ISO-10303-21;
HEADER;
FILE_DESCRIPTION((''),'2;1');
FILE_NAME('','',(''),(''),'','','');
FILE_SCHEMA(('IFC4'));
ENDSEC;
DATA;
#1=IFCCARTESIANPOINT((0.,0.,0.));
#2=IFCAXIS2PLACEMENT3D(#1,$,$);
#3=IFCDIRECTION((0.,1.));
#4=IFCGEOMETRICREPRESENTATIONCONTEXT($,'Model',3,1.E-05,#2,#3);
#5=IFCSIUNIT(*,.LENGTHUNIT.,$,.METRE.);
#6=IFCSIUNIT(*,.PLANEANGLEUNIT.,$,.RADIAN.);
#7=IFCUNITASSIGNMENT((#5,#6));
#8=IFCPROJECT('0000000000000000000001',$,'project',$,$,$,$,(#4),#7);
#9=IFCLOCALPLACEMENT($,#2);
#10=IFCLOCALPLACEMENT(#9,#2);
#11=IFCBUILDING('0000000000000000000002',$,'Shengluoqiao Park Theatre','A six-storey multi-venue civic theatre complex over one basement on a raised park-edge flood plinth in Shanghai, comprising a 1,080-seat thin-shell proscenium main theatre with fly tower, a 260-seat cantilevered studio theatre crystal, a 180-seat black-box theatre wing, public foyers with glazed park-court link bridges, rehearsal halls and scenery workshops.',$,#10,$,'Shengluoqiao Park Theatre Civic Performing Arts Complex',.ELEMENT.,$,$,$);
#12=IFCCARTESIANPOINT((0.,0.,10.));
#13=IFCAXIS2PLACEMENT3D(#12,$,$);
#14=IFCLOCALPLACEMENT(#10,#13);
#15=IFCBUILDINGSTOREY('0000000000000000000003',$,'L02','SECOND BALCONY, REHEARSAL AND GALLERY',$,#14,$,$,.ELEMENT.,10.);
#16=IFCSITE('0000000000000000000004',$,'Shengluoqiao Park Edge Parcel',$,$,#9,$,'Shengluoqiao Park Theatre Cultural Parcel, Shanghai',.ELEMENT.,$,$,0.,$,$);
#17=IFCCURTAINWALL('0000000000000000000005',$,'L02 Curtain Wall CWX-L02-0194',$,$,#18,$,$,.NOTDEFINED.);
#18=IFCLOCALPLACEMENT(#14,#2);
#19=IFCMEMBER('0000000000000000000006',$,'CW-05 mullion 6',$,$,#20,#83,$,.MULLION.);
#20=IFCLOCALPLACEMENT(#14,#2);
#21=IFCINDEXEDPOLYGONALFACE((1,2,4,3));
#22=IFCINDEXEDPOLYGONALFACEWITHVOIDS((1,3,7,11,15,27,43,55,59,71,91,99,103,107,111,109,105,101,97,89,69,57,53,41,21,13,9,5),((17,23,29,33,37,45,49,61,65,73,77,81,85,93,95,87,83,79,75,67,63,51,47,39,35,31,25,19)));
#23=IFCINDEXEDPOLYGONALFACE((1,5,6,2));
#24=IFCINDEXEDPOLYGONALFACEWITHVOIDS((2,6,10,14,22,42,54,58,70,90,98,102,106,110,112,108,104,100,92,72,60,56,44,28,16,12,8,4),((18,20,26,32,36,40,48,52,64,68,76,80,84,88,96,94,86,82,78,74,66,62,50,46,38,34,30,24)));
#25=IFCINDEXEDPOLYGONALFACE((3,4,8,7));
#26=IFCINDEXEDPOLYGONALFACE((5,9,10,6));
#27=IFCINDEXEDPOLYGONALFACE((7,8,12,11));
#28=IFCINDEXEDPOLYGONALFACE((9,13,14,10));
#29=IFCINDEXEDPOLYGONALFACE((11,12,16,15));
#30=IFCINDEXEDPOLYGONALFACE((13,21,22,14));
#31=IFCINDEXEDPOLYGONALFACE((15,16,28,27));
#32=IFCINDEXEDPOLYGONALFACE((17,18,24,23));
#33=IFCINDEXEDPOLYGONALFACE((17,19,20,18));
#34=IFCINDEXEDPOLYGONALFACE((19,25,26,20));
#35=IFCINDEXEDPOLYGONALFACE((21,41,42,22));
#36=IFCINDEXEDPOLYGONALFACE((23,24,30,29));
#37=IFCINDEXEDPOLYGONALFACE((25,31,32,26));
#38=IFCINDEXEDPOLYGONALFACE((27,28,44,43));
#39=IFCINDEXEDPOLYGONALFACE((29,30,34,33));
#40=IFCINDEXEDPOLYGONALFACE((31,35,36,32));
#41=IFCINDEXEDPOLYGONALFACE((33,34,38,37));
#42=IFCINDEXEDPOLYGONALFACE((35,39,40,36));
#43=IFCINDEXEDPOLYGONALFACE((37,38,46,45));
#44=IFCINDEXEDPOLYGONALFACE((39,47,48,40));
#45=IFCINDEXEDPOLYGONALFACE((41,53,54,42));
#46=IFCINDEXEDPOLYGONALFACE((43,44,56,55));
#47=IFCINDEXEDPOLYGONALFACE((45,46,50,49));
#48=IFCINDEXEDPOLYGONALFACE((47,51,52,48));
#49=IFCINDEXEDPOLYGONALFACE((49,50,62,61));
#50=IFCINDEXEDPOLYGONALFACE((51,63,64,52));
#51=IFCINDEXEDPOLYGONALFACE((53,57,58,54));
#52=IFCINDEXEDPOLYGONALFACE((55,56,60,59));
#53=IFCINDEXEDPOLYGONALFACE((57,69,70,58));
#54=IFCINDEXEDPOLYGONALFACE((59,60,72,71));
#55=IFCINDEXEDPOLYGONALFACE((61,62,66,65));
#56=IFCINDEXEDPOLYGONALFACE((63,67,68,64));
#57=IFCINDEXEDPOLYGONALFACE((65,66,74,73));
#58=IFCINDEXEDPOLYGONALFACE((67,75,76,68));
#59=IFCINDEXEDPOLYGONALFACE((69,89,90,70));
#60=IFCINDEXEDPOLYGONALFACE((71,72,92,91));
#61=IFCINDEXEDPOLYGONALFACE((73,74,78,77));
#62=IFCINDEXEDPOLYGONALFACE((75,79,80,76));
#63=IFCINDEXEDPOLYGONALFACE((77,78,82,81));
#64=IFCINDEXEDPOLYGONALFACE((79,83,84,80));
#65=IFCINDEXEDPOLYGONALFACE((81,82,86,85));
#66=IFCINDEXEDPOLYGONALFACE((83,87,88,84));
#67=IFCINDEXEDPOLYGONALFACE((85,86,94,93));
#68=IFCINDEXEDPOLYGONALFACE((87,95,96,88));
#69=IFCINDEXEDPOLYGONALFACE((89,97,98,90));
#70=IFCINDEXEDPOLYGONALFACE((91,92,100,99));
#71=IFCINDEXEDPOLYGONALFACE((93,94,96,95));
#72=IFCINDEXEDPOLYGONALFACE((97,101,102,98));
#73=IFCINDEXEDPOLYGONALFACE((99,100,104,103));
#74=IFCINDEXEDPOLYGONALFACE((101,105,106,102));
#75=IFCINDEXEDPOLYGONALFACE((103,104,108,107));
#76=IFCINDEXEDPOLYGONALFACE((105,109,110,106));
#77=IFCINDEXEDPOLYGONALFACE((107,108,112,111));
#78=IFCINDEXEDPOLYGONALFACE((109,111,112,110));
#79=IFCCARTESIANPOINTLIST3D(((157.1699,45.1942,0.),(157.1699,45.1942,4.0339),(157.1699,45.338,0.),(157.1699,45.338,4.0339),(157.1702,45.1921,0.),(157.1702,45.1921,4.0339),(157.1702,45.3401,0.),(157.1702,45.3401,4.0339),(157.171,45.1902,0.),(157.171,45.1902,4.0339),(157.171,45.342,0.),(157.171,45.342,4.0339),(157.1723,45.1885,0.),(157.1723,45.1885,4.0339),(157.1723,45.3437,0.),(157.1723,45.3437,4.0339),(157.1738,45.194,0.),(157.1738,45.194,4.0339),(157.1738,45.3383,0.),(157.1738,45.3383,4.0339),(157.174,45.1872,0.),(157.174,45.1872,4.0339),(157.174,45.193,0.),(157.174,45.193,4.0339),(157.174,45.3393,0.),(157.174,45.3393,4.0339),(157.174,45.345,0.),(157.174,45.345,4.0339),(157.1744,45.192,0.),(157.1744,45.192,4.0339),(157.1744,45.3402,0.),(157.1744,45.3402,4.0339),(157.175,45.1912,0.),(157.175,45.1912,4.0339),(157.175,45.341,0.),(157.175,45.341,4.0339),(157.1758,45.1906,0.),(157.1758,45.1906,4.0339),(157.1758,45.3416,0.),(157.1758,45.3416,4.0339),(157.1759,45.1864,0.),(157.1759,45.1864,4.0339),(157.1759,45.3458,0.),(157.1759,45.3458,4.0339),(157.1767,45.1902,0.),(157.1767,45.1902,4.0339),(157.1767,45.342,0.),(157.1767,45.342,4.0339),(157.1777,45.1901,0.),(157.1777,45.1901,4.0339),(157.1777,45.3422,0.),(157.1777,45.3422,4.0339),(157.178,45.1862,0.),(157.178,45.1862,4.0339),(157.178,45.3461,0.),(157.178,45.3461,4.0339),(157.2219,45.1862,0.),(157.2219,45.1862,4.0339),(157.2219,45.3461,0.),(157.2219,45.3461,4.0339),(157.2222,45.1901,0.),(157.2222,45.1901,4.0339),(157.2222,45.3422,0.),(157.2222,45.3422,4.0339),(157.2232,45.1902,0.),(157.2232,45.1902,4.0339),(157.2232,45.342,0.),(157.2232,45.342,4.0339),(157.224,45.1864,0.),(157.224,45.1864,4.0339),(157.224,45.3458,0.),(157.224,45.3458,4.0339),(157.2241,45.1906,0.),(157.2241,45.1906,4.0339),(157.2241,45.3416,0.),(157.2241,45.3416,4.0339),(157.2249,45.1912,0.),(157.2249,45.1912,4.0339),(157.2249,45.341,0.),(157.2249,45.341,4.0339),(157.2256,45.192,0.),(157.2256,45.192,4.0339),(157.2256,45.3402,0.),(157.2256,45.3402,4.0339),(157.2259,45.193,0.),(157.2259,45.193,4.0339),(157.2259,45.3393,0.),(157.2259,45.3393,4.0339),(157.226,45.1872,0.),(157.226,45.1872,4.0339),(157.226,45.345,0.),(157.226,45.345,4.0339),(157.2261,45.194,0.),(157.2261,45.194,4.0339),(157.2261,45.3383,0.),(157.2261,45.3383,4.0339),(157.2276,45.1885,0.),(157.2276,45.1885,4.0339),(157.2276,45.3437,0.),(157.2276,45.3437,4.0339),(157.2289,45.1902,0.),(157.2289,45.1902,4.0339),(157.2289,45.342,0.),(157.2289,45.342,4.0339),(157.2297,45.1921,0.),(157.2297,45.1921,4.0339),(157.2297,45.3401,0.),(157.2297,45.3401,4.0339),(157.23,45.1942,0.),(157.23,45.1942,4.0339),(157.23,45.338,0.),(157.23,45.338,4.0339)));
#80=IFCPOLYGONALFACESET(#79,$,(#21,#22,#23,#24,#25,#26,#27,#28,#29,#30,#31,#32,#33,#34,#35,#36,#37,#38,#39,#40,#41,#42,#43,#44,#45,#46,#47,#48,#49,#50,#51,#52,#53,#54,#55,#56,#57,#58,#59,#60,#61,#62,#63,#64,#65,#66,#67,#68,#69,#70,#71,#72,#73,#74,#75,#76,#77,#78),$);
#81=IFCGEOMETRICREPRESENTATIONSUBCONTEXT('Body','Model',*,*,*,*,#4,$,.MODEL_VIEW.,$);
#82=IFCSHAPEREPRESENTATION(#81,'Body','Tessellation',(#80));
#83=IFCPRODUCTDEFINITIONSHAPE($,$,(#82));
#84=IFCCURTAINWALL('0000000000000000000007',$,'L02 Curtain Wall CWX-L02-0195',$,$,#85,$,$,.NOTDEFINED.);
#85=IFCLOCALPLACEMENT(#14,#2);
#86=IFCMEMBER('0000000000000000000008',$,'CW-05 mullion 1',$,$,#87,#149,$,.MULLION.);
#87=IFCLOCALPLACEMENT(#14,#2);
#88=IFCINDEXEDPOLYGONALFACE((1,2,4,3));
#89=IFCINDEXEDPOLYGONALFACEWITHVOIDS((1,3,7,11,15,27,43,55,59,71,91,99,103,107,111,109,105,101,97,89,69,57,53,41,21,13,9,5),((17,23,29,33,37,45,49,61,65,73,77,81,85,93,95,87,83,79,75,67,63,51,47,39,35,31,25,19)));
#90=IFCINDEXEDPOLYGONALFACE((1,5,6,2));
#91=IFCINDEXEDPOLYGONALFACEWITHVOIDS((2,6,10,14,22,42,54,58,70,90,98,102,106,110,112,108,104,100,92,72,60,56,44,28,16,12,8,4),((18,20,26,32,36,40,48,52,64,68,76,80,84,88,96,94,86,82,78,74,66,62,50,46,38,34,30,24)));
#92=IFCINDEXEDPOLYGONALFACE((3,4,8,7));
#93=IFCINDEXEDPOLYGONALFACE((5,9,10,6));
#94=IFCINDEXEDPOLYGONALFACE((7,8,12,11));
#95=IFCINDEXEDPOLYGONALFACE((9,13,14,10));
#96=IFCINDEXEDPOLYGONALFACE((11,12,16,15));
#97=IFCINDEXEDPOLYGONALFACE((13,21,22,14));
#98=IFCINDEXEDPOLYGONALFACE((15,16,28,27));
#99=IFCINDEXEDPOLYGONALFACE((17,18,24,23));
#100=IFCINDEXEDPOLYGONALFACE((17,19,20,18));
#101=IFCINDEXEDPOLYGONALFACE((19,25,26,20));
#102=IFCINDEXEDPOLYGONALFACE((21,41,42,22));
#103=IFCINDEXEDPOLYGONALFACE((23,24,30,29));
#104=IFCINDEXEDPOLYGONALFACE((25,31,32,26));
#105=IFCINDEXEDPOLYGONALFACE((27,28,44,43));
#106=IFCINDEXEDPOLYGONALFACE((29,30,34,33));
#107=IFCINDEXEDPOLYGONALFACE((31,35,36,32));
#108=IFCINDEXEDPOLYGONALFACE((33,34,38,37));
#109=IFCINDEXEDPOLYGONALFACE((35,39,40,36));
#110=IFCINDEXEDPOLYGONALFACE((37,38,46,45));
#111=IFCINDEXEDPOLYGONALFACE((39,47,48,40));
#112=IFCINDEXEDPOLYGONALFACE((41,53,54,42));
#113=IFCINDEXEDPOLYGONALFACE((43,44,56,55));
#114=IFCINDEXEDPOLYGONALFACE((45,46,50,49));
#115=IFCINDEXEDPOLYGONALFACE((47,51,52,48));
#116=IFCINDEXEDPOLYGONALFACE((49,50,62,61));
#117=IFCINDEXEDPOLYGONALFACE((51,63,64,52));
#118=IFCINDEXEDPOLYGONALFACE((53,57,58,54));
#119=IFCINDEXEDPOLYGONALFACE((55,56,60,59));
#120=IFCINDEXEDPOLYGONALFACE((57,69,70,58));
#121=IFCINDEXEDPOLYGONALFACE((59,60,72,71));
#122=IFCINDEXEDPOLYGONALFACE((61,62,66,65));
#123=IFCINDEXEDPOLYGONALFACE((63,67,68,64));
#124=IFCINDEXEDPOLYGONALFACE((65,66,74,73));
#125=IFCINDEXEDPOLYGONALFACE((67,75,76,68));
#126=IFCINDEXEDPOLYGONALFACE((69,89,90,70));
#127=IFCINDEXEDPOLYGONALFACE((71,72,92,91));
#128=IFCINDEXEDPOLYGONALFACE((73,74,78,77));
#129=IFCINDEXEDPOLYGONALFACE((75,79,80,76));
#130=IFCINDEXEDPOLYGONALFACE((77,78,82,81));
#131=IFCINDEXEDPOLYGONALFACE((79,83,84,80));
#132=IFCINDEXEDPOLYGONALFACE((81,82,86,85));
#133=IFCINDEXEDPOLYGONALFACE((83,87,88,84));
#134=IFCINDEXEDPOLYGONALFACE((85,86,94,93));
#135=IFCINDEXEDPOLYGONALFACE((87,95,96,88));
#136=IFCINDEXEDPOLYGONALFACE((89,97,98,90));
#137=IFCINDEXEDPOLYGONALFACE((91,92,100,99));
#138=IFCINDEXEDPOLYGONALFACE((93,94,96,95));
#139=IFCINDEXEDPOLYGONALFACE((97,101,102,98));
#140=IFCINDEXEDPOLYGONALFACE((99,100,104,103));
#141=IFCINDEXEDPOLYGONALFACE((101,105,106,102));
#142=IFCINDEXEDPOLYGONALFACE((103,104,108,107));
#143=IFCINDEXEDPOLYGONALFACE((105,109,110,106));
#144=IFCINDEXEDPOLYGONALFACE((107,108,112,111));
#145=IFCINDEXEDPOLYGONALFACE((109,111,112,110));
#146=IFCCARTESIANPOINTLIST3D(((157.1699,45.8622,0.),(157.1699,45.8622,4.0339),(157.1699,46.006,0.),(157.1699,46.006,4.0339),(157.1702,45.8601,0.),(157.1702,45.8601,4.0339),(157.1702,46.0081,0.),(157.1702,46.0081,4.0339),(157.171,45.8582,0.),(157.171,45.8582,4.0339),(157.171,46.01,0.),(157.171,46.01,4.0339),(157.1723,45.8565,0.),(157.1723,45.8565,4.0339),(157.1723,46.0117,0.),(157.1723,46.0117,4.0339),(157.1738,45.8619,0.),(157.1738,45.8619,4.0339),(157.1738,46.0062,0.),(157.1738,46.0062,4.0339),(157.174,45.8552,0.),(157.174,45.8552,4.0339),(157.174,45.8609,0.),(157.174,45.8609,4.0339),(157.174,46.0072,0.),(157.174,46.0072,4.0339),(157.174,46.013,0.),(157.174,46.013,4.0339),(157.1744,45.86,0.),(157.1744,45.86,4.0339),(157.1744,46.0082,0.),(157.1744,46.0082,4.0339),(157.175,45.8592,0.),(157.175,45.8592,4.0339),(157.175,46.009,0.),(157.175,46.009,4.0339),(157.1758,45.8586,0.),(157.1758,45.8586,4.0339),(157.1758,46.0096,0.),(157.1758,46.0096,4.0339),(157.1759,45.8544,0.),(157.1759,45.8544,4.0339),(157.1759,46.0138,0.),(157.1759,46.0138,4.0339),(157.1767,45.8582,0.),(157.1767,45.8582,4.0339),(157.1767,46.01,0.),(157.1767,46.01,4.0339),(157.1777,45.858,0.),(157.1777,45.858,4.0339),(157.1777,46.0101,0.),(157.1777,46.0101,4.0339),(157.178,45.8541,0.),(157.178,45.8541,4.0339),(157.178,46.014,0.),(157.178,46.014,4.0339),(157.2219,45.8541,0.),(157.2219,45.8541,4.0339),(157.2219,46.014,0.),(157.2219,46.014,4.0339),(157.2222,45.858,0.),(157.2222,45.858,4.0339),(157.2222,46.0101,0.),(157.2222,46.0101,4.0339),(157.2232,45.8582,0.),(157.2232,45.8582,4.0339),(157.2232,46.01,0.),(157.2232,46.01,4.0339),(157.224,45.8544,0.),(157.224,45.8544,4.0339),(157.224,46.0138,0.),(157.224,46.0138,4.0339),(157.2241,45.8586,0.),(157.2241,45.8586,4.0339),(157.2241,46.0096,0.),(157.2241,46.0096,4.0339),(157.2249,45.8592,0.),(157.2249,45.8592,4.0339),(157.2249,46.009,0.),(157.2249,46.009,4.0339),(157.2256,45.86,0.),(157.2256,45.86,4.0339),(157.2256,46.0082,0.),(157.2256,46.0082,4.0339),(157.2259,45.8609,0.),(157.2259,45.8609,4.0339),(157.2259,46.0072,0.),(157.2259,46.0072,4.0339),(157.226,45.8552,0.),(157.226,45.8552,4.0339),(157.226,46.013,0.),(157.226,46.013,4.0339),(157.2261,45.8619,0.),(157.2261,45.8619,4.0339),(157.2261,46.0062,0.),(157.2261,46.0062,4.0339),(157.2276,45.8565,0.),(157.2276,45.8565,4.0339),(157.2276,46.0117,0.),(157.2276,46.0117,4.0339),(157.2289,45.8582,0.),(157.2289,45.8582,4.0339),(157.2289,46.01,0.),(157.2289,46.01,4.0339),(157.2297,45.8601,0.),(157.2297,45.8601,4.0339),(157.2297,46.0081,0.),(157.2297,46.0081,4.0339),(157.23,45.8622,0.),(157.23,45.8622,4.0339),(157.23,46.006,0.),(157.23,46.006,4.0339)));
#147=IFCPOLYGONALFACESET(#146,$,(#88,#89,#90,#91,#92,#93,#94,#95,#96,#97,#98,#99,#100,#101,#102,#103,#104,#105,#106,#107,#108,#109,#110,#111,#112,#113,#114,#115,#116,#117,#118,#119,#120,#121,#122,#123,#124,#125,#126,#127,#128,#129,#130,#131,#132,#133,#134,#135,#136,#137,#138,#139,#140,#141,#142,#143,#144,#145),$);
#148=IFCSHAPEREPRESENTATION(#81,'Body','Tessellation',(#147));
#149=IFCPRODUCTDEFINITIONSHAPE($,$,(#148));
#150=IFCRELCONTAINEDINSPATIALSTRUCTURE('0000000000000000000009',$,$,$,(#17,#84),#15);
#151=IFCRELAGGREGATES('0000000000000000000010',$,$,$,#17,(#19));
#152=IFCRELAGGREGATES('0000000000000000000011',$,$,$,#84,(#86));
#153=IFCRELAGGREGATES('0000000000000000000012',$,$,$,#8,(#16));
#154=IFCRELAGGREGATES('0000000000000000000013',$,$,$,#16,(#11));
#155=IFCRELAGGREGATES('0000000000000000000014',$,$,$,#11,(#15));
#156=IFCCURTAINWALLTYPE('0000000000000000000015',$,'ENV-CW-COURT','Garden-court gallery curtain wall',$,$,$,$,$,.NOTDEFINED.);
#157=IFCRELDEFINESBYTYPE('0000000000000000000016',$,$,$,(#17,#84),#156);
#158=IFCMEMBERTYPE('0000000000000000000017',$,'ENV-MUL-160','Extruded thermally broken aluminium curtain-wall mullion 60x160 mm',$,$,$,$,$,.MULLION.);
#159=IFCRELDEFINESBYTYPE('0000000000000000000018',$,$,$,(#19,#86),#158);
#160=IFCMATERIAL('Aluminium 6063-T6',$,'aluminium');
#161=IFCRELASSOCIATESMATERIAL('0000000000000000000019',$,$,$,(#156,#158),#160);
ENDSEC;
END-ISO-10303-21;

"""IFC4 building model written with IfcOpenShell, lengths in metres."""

from ifc_helpers import new_model, si_unit, direction, frame, origin, origin_2d, place, context, subcontext, project, spatial, hollow_rectangle, extrude, material, material_profile, profile_set, type_object, element, aggregate, save


model = new_model("IFC4")

# Units and contexts
model_context = context("Model", 3, precision=1e-05, world=origin(), true_north=direction((0.0, 1.0)))
body_context = subcontext(model_context, "Body", "Model", "MODEL_VIEW")
ifc_project = project(units=[si_unit("LENGTHUNIT", "METRE"), si_unit("PLANEANGLEUNIT", "RADIAN")], contexts=[model_context])

# Site, building, storey
site_placement = place(None, origin())
site = spatial("IfcSite", under=ifc_project, at=site_placement, Name="Shengluoqiao Park Edge Parcel", LongName="Shengluoqiao Park Theatre Cultural Parcel, Shanghai", CompositionType="ELEMENT", RefElevation=0.0)
building_placement = place(site_placement, origin())
building = spatial("IfcBuilding", under=site, at=building_placement, Name="Shengluoqiao Park Theatre", Description="A six-storey multi-venue civic theatre complex over one basement on a raised park-edge flood plinth in Shanghai, comprising a 1,080-seat thin-shell proscenium main theatre with fly tower, a 260-seat cantilevered studio theatre crystal, a 180-seat black-box theatre wing, public foyers with glazed park-court link bridges, rehearsal halls and scenery workshops.", LongName="Shengluoqiao Park Theatre Civic Performing Arts Complex", CompositionType="ELEMENT")
storey_placement = place(building_placement, frame((0.0, 0.0, 10.0)))
storey = spatial("IfcBuildingStorey", under=building, at=storey_placement, Name="L02", Description="SECOND BALCONY, REHEARSAL AND GALLERY", CompositionType="ELEMENT", Elevation=10.0)

# Curtain walls, members
ifc_material_1 = material(Name="Aluminium 6063-T6", Category="aluminium")
curtain_wall_type = type_object("IfcCurtainWallType", Name="ENV-CW-COURT", Description="Garden-court gallery curtain wall", PredefinedType="NOTDEFINED", material=ifc_material_1)
curtain_wall_1_placement = place(storey_placement, origin())
curtain_wall_1 = element("IfcCurtainWall", 1, at=curtain_wall_1_placement, inside=storey, type_object=curtain_wall_type, Name="L02 Curtain Wall CWX-L02-0194", PredefinedType="NOTDEFINED")
ifc_material_profile_1 = material_profile(ifc_material_1, hollow_rectangle(XDim=0.0601, YDim=0.1599, WallThickness=0.0039, InnerFilletRadius=0.0039, OuterFilletRadius=0.0081, at=origin_2d()), Name="ALU MULLION 160x60x4")
ifc_profile_set_1 = profile_set([ifc_material_profile_1], Name="Aluminium 6063-T6")
member_type_1 = type_object("IfcMemberType", Name="ENV-MUL-160", Description="Extruded thermally broken aluminium curtain-wall mullion 60x160 mm", PredefinedType="MULLION", material=ifc_profile_set_1)
member_1_placement = place(storey_placement, frame((157.2, 45.2661, 0.0), z_axis=(0.0, 0.0, 1.0), x_axis=(-1.0, 0.0, 0.0)))
member_1 = element("IfcMember", 2, at=member_1_placement, type_object=member_type_1, Name="CW-05 mullion 6", PredefinedType="MULLION", context=body_context, shape_type="SweptSolid", body=[
    extrude(hollow_rectangle(XDim=0.0601, YDim=0.1599, WallThickness=0.0039, InnerFilletRadius=0.0039, OuterFilletRadius=0.0081, at=origin_2d()), origin(), (0.0, 0.0, 1.0), 4.0339),
])
curtain_wall_2_placement = place(storey_placement, origin())
curtain_wall_2 = element("IfcCurtainWall", 3, at=curtain_wall_2_placement, inside=storey, type_object=curtain_wall_type, Name="L02 Curtain Wall CWX-L02-0195", PredefinedType="NOTDEFINED")
member_2_placement = place(storey_placement, frame((157.2, 45.9341, 0.0), z_axis=(0.0, 0.0, 1.0), x_axis=(-1.0, 0.0, 0.0)))
member_2 = element("IfcMember", 4, at=member_2_placement, type_object=member_type_1, Name="CW-05 mullion 1", PredefinedType="MULLION", context=body_context, shape_type="SweptSolid", body=[
    extrude(hollow_rectangle(XDim=0.0601, YDim=0.1599, WallThickness=0.0039, InnerFilletRadius=0.0039, OuterFilletRadius=0.0081, at=origin_2d()), origin(), (0.0, 0.0, 1.0), 4.0339),
])

aggregate(curtain_wall_1, [member_1])
aggregate(curtain_wall_2, [member_2])

save(model, "model.ifc")
